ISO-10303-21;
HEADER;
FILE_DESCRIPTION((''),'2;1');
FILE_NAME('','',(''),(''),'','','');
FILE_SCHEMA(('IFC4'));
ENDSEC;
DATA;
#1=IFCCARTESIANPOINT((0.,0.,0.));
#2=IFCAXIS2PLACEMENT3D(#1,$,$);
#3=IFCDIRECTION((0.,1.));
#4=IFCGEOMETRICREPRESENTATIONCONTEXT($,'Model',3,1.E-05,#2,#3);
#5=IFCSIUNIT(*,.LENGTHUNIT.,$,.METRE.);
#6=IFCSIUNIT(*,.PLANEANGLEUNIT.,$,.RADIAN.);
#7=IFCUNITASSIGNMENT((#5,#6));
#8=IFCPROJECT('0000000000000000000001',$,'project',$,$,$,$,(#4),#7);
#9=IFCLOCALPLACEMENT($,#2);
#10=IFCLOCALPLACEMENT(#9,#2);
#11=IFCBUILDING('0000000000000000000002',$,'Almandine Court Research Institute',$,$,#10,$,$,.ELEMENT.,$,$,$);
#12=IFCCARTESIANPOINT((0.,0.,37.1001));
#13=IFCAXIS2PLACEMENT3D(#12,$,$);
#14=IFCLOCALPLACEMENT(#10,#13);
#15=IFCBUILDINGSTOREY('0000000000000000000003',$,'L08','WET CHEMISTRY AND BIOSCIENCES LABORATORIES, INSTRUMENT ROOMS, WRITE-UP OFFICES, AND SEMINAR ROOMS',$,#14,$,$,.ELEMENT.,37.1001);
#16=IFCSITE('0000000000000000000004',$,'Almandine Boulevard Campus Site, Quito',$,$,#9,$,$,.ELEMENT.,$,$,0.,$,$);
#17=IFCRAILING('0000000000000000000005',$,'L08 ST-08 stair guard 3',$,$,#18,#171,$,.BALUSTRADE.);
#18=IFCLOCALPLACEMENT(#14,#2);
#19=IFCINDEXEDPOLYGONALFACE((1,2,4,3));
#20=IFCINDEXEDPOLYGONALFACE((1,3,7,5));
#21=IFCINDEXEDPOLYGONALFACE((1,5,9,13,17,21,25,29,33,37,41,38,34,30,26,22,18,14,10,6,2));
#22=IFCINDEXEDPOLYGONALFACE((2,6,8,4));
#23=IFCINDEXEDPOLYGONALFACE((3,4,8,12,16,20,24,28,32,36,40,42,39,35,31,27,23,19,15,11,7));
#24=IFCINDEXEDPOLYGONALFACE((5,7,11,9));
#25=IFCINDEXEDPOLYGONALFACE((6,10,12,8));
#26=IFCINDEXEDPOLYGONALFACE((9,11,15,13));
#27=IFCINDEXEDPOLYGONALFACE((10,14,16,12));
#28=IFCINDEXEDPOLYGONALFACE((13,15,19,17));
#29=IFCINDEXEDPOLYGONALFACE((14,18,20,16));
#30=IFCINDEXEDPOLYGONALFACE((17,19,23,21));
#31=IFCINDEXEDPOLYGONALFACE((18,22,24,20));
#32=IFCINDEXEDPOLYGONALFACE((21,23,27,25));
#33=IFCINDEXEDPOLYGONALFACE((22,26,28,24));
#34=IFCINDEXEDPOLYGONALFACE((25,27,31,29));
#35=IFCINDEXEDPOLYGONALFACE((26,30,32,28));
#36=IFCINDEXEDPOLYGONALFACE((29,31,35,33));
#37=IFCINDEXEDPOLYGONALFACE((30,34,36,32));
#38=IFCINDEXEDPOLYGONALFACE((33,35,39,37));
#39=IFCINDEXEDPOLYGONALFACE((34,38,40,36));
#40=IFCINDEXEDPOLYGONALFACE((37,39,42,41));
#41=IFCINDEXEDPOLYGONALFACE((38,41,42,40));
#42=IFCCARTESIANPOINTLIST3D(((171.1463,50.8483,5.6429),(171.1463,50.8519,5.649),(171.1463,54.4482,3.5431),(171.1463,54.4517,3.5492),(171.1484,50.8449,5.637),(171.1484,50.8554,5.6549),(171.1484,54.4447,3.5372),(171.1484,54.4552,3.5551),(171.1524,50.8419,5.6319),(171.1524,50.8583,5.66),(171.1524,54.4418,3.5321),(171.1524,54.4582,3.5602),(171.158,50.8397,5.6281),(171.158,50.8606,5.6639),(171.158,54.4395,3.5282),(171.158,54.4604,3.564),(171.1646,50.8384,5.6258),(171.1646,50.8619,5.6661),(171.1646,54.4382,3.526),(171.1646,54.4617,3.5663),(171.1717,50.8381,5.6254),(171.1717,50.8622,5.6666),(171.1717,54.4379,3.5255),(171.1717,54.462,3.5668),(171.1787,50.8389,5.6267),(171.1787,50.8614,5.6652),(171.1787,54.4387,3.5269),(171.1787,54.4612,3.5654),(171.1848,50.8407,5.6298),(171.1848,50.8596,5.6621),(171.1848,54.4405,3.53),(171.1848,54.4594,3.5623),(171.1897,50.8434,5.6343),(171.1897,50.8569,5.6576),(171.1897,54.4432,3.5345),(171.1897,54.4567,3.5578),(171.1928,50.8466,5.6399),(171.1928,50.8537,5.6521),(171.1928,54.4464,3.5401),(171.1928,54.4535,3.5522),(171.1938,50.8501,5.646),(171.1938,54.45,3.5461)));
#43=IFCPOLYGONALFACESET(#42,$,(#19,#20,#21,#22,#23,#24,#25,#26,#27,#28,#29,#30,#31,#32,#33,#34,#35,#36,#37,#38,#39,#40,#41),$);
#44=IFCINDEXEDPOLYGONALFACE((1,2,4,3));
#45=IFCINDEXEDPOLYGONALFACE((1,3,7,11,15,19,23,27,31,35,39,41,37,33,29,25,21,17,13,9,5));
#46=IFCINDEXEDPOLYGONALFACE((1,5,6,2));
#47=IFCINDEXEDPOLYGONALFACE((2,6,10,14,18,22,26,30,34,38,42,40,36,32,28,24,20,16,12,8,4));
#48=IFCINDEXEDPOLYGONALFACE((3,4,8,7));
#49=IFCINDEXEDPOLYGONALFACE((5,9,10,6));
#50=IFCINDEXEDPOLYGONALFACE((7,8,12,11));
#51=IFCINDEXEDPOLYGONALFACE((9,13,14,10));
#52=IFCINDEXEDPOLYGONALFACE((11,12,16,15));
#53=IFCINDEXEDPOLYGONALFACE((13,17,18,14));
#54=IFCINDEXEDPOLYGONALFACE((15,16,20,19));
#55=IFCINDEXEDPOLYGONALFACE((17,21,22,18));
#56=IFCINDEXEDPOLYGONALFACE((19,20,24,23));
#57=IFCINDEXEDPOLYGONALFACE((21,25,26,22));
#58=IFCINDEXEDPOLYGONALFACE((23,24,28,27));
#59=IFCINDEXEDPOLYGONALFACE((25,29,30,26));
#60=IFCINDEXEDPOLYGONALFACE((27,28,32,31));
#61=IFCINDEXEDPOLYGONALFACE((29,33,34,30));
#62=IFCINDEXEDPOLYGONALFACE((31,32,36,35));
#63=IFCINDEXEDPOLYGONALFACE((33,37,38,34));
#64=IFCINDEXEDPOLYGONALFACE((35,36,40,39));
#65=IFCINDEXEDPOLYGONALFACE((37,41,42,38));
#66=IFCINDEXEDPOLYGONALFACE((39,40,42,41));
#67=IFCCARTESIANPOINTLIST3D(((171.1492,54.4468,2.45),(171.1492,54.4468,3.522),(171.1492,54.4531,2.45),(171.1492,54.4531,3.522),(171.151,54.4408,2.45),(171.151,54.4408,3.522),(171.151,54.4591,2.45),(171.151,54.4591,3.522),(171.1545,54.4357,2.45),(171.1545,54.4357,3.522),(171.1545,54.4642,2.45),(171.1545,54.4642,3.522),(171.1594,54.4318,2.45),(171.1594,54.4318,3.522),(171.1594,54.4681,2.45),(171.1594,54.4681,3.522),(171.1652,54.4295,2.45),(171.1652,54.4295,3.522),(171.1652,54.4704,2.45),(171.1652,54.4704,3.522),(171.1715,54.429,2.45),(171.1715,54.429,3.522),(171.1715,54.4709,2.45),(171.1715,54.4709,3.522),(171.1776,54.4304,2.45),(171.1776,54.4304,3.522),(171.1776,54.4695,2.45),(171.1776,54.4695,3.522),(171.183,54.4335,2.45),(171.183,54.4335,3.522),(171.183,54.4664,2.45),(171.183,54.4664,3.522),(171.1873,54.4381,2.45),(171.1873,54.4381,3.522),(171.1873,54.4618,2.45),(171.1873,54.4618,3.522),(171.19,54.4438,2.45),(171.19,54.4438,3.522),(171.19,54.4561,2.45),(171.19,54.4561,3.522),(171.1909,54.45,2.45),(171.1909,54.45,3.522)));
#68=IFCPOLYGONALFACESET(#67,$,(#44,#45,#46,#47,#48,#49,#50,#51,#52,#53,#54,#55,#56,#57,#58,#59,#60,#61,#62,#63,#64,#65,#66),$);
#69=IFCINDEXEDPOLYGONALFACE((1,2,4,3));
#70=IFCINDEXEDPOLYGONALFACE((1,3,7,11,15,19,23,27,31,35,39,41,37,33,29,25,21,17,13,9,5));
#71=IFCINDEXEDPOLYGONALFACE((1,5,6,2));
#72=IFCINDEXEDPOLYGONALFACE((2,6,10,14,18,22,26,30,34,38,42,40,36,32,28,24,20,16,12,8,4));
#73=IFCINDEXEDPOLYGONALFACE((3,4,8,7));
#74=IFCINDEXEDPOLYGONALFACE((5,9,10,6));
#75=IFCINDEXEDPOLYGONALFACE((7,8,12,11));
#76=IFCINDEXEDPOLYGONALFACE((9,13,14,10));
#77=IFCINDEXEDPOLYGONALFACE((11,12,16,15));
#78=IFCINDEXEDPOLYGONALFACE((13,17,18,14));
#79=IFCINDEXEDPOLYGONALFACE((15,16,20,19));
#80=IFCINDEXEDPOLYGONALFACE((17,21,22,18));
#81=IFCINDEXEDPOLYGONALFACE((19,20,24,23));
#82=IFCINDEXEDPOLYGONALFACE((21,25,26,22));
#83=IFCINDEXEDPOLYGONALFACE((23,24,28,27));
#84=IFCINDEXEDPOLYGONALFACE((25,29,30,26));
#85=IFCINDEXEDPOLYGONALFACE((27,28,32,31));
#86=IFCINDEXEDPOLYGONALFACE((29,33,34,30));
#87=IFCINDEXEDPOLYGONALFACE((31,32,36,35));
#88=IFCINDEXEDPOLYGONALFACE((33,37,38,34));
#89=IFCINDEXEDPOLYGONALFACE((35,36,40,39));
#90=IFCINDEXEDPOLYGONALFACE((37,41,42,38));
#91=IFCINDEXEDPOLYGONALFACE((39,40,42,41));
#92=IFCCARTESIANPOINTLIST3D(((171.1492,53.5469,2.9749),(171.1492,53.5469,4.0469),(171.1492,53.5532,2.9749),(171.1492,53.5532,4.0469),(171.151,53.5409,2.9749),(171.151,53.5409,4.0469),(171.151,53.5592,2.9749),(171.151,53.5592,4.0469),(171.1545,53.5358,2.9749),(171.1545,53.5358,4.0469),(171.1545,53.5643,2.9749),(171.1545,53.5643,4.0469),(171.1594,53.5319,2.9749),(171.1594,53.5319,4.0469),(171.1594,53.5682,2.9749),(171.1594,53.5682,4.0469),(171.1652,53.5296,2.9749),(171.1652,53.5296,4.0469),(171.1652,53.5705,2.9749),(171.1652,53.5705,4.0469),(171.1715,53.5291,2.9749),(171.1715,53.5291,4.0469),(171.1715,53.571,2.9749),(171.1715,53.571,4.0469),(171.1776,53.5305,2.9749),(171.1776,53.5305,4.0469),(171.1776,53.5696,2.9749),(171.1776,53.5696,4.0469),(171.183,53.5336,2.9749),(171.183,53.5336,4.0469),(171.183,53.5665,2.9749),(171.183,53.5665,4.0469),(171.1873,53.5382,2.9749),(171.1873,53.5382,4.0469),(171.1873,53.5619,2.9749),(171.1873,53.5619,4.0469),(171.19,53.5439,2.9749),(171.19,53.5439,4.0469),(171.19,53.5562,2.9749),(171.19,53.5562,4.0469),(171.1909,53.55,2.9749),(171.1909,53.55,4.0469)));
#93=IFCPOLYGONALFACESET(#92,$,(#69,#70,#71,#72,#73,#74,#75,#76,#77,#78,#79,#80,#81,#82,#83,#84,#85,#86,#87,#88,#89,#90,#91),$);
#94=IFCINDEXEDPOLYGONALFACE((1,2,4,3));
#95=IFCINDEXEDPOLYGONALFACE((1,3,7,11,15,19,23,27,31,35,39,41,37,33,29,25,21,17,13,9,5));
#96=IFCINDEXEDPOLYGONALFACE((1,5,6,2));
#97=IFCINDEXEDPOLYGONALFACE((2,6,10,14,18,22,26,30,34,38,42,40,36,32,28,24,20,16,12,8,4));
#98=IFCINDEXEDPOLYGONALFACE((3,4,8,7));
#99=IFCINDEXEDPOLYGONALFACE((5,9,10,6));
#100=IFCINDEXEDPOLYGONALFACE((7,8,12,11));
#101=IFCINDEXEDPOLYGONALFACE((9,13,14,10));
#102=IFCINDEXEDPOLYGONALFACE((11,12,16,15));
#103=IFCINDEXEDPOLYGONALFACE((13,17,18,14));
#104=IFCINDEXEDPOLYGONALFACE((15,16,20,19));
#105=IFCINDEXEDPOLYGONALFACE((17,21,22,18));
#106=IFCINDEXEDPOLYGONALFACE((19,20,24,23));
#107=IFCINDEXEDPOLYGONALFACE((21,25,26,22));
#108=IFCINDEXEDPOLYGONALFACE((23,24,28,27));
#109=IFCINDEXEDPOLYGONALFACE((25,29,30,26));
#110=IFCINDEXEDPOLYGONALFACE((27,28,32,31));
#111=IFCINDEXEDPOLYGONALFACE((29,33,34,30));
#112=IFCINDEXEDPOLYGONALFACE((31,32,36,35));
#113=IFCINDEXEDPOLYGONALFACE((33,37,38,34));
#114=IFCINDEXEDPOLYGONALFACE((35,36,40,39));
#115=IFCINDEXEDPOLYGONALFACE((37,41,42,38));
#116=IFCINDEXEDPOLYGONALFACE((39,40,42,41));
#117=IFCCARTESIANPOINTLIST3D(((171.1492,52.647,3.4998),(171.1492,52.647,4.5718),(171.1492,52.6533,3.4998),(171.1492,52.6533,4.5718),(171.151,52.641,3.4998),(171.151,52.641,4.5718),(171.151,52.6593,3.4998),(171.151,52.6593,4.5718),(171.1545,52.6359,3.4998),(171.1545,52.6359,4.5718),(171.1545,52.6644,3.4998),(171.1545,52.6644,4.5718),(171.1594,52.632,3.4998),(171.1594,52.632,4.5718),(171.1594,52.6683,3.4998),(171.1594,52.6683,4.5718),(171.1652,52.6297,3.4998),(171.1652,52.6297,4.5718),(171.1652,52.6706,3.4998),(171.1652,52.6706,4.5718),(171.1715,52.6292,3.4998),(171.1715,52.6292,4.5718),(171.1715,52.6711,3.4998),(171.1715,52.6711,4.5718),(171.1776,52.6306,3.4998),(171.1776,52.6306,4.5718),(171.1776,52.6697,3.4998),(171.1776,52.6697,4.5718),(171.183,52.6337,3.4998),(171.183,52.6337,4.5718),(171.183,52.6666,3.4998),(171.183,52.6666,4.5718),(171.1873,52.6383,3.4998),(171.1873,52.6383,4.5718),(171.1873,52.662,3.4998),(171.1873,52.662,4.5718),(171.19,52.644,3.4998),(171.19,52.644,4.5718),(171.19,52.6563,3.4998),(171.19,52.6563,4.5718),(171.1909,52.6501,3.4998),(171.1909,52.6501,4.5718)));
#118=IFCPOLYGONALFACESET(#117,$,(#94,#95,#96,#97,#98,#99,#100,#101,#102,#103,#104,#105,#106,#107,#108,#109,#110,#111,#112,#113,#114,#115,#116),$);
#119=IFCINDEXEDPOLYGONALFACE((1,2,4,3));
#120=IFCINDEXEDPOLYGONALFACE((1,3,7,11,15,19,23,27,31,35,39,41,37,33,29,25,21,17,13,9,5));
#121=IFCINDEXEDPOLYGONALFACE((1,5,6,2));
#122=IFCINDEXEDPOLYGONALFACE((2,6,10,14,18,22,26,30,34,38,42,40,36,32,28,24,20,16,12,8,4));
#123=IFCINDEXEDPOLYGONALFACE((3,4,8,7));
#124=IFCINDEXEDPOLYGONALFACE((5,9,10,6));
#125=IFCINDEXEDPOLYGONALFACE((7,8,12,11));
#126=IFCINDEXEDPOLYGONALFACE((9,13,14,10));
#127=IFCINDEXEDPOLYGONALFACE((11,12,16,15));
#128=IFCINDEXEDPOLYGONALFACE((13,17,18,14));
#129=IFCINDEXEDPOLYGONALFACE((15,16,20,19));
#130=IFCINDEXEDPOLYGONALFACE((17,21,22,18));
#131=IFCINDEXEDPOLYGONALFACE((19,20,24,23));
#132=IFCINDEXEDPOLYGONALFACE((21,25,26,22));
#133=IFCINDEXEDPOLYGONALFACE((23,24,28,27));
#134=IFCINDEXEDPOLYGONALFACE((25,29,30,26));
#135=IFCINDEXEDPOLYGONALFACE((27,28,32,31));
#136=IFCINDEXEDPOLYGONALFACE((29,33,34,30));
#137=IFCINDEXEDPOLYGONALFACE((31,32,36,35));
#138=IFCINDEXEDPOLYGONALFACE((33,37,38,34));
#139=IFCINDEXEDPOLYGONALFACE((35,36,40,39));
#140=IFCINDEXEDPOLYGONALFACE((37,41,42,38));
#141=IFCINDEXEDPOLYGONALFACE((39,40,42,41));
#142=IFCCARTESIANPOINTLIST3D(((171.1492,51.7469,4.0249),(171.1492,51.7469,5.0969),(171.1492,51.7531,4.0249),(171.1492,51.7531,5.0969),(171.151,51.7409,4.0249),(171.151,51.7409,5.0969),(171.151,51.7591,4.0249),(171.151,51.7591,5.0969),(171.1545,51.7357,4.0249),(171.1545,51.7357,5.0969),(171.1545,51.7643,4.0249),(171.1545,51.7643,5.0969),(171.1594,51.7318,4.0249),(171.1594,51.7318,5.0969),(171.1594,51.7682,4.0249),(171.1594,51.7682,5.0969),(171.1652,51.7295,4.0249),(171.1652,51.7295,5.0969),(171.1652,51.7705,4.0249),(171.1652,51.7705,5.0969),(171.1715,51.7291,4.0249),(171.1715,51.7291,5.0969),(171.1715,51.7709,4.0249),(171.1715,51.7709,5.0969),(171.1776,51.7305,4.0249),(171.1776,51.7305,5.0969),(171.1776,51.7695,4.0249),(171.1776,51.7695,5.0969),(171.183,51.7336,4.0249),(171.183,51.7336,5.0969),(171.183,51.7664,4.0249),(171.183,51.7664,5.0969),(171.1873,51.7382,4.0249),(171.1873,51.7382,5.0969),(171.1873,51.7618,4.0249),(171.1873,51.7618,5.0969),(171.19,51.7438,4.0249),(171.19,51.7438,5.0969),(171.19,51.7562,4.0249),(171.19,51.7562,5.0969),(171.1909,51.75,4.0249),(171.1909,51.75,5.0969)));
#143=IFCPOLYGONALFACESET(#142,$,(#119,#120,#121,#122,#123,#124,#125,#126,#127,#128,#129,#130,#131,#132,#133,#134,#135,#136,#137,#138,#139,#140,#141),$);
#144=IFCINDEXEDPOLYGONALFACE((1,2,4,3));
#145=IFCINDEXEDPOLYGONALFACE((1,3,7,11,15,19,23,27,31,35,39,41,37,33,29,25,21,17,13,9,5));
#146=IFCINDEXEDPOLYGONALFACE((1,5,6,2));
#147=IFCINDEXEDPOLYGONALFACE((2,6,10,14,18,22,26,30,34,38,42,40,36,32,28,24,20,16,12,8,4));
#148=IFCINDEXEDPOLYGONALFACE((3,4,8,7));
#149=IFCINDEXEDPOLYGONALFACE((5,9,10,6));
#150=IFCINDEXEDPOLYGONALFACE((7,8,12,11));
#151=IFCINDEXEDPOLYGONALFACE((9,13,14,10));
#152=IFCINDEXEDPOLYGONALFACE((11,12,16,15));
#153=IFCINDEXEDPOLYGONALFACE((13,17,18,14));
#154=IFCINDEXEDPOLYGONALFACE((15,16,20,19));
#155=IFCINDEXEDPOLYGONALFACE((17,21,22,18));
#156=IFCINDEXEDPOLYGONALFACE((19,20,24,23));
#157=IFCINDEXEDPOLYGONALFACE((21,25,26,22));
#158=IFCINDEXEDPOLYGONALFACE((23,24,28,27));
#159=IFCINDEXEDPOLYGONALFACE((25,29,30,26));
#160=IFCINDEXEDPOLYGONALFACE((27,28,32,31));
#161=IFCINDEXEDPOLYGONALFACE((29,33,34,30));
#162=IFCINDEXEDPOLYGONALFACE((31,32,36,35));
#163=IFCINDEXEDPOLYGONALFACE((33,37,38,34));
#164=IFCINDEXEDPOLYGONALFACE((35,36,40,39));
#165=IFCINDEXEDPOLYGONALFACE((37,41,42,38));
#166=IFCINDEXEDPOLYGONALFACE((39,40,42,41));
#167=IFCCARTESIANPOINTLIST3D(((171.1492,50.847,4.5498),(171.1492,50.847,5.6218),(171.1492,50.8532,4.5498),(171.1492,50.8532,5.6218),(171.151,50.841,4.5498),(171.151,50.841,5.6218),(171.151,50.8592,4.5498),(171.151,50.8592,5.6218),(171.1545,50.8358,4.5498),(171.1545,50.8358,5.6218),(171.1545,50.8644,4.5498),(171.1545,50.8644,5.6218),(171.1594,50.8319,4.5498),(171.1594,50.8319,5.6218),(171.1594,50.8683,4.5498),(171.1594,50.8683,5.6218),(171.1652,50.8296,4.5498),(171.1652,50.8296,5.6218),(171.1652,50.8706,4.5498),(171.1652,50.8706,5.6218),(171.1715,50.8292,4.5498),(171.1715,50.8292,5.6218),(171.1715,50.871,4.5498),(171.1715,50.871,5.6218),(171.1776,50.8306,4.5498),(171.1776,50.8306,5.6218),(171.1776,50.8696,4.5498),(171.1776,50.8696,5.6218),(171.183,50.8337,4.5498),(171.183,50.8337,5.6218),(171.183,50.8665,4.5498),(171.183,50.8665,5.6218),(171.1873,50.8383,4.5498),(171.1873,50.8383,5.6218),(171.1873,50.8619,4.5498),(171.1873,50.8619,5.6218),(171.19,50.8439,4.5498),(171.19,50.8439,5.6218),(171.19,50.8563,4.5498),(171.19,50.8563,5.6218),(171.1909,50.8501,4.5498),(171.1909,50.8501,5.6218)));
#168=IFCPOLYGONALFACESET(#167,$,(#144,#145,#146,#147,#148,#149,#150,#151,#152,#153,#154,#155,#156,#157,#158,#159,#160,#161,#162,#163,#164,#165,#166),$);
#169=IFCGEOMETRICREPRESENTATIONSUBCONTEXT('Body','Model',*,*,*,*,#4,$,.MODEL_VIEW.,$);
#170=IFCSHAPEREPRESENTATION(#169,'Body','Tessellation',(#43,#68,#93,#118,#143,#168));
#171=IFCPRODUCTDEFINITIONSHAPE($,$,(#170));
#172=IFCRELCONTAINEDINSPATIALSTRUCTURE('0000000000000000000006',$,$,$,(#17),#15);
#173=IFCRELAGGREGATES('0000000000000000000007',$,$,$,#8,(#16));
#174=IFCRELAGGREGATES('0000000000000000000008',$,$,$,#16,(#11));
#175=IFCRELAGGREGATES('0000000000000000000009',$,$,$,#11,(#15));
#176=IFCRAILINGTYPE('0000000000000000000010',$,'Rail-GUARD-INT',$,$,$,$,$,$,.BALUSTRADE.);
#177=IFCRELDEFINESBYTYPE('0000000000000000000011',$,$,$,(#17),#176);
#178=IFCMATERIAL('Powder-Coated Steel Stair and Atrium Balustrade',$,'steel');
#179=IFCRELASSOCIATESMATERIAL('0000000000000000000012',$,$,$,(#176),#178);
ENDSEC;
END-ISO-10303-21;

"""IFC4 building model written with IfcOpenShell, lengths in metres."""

from ifc_helpers import new_model, si_unit, direction, frame, origin, origin_2d, place, context, subcontext, project, spatial, circle, extrude, material, type_object, element, save


model = new_model("IFC4")

# Units and contexts
model_context = context("Model", 3, precision=1e-05, world=origin(), true_north=direction((0.0, 1.0)))
body_context = subcontext(model_context, "Body", "Model", "MODEL_VIEW")
ifc_project = project(units=[si_unit("LENGTHUNIT", "METRE"), si_unit("PLANEANGLEUNIT", "RADIAN")], contexts=[model_context])

# Site, building, storey
site_placement = place(None, origin())
site = spatial("IfcSite", under=ifc_project, at=site_placement, Name="Almandine Boulevard Campus Site, Quito", CompositionType="ELEMENT", RefElevation=0.0)
building_placement = place(site_placement, origin())
building = spatial("IfcBuilding", under=site, at=building_placement, Name="Almandine Court Research Institute", CompositionType="ELEMENT")
storey_placement = place(building_placement, frame((0.0, 0.0, 37.1001)))
storey = spatial("IfcBuildingStorey", under=building, at=storey_placement, Name="L08", Description="WET CHEMISTRY AND BIOSCIENCES LABORATORIES, INSTRUMENT ROOMS, WRITE-UP OFFICES, AND SEMINAR ROOMS", CompositionType="ELEMENT", Elevation=37.1001)

# Railing
ifc_material_1 = material(Name="Powder-Coated Steel Stair and Atrium Balustrade", Category="steel")
railing_type_1 = type_object("IfcRailingType", Name="Rail-GUARD-INT", PredefinedType="BALUSTRADE", material=ifc_material_1)
railing_1_placement = place(storey_placement, frame((171.1699, 54.45, 2.45)))
element("IfcRailing", 1, at=railing_1_placement, inside=storey, type_object=railing_type_1, Name="L08 ST-08 stair guard 3", PredefinedType="BALUSTRADE", context=body_context, shape_type="SweptSolid", body=[
    extrude(circle(Radius=0.0239, at=origin_2d()), frame((0.0, 0.0, 1.0962), z_axis=(0.0, -0.863785, 0.50386), x_axis=(1.0, 0.0, 0.0)), (0.0, 0.0, 1.0), 4.1675),
    extrude(circle(Radius=0.021, at=origin_2d()), origin(), (0.0, 0.0, 1.0), 1.072),
    extrude(circle(Radius=0.021, at=origin_2d()), frame((0.0, -0.8999, 0.5249)), (0.0, 0.0, 1.0), 1.072),
    extrude(circle(Radius=0.021, at=origin_2d()), frame((0.0, -1.7998, 1.0498)), (0.0, 0.0, 1.0), 1.072),
    extrude(circle(Radius=0.021, at=origin_2d()), frame((0.0, -2.7, 1.575)), (0.0, 0.0, 1.0), 1.072),
    extrude(circle(Radius=0.021, at=origin_2d()), frame((0.0, -3.5999, 2.0999)), (0.0, 0.0, 1.0), 1.072),
])

save(model, "model.ifc")
